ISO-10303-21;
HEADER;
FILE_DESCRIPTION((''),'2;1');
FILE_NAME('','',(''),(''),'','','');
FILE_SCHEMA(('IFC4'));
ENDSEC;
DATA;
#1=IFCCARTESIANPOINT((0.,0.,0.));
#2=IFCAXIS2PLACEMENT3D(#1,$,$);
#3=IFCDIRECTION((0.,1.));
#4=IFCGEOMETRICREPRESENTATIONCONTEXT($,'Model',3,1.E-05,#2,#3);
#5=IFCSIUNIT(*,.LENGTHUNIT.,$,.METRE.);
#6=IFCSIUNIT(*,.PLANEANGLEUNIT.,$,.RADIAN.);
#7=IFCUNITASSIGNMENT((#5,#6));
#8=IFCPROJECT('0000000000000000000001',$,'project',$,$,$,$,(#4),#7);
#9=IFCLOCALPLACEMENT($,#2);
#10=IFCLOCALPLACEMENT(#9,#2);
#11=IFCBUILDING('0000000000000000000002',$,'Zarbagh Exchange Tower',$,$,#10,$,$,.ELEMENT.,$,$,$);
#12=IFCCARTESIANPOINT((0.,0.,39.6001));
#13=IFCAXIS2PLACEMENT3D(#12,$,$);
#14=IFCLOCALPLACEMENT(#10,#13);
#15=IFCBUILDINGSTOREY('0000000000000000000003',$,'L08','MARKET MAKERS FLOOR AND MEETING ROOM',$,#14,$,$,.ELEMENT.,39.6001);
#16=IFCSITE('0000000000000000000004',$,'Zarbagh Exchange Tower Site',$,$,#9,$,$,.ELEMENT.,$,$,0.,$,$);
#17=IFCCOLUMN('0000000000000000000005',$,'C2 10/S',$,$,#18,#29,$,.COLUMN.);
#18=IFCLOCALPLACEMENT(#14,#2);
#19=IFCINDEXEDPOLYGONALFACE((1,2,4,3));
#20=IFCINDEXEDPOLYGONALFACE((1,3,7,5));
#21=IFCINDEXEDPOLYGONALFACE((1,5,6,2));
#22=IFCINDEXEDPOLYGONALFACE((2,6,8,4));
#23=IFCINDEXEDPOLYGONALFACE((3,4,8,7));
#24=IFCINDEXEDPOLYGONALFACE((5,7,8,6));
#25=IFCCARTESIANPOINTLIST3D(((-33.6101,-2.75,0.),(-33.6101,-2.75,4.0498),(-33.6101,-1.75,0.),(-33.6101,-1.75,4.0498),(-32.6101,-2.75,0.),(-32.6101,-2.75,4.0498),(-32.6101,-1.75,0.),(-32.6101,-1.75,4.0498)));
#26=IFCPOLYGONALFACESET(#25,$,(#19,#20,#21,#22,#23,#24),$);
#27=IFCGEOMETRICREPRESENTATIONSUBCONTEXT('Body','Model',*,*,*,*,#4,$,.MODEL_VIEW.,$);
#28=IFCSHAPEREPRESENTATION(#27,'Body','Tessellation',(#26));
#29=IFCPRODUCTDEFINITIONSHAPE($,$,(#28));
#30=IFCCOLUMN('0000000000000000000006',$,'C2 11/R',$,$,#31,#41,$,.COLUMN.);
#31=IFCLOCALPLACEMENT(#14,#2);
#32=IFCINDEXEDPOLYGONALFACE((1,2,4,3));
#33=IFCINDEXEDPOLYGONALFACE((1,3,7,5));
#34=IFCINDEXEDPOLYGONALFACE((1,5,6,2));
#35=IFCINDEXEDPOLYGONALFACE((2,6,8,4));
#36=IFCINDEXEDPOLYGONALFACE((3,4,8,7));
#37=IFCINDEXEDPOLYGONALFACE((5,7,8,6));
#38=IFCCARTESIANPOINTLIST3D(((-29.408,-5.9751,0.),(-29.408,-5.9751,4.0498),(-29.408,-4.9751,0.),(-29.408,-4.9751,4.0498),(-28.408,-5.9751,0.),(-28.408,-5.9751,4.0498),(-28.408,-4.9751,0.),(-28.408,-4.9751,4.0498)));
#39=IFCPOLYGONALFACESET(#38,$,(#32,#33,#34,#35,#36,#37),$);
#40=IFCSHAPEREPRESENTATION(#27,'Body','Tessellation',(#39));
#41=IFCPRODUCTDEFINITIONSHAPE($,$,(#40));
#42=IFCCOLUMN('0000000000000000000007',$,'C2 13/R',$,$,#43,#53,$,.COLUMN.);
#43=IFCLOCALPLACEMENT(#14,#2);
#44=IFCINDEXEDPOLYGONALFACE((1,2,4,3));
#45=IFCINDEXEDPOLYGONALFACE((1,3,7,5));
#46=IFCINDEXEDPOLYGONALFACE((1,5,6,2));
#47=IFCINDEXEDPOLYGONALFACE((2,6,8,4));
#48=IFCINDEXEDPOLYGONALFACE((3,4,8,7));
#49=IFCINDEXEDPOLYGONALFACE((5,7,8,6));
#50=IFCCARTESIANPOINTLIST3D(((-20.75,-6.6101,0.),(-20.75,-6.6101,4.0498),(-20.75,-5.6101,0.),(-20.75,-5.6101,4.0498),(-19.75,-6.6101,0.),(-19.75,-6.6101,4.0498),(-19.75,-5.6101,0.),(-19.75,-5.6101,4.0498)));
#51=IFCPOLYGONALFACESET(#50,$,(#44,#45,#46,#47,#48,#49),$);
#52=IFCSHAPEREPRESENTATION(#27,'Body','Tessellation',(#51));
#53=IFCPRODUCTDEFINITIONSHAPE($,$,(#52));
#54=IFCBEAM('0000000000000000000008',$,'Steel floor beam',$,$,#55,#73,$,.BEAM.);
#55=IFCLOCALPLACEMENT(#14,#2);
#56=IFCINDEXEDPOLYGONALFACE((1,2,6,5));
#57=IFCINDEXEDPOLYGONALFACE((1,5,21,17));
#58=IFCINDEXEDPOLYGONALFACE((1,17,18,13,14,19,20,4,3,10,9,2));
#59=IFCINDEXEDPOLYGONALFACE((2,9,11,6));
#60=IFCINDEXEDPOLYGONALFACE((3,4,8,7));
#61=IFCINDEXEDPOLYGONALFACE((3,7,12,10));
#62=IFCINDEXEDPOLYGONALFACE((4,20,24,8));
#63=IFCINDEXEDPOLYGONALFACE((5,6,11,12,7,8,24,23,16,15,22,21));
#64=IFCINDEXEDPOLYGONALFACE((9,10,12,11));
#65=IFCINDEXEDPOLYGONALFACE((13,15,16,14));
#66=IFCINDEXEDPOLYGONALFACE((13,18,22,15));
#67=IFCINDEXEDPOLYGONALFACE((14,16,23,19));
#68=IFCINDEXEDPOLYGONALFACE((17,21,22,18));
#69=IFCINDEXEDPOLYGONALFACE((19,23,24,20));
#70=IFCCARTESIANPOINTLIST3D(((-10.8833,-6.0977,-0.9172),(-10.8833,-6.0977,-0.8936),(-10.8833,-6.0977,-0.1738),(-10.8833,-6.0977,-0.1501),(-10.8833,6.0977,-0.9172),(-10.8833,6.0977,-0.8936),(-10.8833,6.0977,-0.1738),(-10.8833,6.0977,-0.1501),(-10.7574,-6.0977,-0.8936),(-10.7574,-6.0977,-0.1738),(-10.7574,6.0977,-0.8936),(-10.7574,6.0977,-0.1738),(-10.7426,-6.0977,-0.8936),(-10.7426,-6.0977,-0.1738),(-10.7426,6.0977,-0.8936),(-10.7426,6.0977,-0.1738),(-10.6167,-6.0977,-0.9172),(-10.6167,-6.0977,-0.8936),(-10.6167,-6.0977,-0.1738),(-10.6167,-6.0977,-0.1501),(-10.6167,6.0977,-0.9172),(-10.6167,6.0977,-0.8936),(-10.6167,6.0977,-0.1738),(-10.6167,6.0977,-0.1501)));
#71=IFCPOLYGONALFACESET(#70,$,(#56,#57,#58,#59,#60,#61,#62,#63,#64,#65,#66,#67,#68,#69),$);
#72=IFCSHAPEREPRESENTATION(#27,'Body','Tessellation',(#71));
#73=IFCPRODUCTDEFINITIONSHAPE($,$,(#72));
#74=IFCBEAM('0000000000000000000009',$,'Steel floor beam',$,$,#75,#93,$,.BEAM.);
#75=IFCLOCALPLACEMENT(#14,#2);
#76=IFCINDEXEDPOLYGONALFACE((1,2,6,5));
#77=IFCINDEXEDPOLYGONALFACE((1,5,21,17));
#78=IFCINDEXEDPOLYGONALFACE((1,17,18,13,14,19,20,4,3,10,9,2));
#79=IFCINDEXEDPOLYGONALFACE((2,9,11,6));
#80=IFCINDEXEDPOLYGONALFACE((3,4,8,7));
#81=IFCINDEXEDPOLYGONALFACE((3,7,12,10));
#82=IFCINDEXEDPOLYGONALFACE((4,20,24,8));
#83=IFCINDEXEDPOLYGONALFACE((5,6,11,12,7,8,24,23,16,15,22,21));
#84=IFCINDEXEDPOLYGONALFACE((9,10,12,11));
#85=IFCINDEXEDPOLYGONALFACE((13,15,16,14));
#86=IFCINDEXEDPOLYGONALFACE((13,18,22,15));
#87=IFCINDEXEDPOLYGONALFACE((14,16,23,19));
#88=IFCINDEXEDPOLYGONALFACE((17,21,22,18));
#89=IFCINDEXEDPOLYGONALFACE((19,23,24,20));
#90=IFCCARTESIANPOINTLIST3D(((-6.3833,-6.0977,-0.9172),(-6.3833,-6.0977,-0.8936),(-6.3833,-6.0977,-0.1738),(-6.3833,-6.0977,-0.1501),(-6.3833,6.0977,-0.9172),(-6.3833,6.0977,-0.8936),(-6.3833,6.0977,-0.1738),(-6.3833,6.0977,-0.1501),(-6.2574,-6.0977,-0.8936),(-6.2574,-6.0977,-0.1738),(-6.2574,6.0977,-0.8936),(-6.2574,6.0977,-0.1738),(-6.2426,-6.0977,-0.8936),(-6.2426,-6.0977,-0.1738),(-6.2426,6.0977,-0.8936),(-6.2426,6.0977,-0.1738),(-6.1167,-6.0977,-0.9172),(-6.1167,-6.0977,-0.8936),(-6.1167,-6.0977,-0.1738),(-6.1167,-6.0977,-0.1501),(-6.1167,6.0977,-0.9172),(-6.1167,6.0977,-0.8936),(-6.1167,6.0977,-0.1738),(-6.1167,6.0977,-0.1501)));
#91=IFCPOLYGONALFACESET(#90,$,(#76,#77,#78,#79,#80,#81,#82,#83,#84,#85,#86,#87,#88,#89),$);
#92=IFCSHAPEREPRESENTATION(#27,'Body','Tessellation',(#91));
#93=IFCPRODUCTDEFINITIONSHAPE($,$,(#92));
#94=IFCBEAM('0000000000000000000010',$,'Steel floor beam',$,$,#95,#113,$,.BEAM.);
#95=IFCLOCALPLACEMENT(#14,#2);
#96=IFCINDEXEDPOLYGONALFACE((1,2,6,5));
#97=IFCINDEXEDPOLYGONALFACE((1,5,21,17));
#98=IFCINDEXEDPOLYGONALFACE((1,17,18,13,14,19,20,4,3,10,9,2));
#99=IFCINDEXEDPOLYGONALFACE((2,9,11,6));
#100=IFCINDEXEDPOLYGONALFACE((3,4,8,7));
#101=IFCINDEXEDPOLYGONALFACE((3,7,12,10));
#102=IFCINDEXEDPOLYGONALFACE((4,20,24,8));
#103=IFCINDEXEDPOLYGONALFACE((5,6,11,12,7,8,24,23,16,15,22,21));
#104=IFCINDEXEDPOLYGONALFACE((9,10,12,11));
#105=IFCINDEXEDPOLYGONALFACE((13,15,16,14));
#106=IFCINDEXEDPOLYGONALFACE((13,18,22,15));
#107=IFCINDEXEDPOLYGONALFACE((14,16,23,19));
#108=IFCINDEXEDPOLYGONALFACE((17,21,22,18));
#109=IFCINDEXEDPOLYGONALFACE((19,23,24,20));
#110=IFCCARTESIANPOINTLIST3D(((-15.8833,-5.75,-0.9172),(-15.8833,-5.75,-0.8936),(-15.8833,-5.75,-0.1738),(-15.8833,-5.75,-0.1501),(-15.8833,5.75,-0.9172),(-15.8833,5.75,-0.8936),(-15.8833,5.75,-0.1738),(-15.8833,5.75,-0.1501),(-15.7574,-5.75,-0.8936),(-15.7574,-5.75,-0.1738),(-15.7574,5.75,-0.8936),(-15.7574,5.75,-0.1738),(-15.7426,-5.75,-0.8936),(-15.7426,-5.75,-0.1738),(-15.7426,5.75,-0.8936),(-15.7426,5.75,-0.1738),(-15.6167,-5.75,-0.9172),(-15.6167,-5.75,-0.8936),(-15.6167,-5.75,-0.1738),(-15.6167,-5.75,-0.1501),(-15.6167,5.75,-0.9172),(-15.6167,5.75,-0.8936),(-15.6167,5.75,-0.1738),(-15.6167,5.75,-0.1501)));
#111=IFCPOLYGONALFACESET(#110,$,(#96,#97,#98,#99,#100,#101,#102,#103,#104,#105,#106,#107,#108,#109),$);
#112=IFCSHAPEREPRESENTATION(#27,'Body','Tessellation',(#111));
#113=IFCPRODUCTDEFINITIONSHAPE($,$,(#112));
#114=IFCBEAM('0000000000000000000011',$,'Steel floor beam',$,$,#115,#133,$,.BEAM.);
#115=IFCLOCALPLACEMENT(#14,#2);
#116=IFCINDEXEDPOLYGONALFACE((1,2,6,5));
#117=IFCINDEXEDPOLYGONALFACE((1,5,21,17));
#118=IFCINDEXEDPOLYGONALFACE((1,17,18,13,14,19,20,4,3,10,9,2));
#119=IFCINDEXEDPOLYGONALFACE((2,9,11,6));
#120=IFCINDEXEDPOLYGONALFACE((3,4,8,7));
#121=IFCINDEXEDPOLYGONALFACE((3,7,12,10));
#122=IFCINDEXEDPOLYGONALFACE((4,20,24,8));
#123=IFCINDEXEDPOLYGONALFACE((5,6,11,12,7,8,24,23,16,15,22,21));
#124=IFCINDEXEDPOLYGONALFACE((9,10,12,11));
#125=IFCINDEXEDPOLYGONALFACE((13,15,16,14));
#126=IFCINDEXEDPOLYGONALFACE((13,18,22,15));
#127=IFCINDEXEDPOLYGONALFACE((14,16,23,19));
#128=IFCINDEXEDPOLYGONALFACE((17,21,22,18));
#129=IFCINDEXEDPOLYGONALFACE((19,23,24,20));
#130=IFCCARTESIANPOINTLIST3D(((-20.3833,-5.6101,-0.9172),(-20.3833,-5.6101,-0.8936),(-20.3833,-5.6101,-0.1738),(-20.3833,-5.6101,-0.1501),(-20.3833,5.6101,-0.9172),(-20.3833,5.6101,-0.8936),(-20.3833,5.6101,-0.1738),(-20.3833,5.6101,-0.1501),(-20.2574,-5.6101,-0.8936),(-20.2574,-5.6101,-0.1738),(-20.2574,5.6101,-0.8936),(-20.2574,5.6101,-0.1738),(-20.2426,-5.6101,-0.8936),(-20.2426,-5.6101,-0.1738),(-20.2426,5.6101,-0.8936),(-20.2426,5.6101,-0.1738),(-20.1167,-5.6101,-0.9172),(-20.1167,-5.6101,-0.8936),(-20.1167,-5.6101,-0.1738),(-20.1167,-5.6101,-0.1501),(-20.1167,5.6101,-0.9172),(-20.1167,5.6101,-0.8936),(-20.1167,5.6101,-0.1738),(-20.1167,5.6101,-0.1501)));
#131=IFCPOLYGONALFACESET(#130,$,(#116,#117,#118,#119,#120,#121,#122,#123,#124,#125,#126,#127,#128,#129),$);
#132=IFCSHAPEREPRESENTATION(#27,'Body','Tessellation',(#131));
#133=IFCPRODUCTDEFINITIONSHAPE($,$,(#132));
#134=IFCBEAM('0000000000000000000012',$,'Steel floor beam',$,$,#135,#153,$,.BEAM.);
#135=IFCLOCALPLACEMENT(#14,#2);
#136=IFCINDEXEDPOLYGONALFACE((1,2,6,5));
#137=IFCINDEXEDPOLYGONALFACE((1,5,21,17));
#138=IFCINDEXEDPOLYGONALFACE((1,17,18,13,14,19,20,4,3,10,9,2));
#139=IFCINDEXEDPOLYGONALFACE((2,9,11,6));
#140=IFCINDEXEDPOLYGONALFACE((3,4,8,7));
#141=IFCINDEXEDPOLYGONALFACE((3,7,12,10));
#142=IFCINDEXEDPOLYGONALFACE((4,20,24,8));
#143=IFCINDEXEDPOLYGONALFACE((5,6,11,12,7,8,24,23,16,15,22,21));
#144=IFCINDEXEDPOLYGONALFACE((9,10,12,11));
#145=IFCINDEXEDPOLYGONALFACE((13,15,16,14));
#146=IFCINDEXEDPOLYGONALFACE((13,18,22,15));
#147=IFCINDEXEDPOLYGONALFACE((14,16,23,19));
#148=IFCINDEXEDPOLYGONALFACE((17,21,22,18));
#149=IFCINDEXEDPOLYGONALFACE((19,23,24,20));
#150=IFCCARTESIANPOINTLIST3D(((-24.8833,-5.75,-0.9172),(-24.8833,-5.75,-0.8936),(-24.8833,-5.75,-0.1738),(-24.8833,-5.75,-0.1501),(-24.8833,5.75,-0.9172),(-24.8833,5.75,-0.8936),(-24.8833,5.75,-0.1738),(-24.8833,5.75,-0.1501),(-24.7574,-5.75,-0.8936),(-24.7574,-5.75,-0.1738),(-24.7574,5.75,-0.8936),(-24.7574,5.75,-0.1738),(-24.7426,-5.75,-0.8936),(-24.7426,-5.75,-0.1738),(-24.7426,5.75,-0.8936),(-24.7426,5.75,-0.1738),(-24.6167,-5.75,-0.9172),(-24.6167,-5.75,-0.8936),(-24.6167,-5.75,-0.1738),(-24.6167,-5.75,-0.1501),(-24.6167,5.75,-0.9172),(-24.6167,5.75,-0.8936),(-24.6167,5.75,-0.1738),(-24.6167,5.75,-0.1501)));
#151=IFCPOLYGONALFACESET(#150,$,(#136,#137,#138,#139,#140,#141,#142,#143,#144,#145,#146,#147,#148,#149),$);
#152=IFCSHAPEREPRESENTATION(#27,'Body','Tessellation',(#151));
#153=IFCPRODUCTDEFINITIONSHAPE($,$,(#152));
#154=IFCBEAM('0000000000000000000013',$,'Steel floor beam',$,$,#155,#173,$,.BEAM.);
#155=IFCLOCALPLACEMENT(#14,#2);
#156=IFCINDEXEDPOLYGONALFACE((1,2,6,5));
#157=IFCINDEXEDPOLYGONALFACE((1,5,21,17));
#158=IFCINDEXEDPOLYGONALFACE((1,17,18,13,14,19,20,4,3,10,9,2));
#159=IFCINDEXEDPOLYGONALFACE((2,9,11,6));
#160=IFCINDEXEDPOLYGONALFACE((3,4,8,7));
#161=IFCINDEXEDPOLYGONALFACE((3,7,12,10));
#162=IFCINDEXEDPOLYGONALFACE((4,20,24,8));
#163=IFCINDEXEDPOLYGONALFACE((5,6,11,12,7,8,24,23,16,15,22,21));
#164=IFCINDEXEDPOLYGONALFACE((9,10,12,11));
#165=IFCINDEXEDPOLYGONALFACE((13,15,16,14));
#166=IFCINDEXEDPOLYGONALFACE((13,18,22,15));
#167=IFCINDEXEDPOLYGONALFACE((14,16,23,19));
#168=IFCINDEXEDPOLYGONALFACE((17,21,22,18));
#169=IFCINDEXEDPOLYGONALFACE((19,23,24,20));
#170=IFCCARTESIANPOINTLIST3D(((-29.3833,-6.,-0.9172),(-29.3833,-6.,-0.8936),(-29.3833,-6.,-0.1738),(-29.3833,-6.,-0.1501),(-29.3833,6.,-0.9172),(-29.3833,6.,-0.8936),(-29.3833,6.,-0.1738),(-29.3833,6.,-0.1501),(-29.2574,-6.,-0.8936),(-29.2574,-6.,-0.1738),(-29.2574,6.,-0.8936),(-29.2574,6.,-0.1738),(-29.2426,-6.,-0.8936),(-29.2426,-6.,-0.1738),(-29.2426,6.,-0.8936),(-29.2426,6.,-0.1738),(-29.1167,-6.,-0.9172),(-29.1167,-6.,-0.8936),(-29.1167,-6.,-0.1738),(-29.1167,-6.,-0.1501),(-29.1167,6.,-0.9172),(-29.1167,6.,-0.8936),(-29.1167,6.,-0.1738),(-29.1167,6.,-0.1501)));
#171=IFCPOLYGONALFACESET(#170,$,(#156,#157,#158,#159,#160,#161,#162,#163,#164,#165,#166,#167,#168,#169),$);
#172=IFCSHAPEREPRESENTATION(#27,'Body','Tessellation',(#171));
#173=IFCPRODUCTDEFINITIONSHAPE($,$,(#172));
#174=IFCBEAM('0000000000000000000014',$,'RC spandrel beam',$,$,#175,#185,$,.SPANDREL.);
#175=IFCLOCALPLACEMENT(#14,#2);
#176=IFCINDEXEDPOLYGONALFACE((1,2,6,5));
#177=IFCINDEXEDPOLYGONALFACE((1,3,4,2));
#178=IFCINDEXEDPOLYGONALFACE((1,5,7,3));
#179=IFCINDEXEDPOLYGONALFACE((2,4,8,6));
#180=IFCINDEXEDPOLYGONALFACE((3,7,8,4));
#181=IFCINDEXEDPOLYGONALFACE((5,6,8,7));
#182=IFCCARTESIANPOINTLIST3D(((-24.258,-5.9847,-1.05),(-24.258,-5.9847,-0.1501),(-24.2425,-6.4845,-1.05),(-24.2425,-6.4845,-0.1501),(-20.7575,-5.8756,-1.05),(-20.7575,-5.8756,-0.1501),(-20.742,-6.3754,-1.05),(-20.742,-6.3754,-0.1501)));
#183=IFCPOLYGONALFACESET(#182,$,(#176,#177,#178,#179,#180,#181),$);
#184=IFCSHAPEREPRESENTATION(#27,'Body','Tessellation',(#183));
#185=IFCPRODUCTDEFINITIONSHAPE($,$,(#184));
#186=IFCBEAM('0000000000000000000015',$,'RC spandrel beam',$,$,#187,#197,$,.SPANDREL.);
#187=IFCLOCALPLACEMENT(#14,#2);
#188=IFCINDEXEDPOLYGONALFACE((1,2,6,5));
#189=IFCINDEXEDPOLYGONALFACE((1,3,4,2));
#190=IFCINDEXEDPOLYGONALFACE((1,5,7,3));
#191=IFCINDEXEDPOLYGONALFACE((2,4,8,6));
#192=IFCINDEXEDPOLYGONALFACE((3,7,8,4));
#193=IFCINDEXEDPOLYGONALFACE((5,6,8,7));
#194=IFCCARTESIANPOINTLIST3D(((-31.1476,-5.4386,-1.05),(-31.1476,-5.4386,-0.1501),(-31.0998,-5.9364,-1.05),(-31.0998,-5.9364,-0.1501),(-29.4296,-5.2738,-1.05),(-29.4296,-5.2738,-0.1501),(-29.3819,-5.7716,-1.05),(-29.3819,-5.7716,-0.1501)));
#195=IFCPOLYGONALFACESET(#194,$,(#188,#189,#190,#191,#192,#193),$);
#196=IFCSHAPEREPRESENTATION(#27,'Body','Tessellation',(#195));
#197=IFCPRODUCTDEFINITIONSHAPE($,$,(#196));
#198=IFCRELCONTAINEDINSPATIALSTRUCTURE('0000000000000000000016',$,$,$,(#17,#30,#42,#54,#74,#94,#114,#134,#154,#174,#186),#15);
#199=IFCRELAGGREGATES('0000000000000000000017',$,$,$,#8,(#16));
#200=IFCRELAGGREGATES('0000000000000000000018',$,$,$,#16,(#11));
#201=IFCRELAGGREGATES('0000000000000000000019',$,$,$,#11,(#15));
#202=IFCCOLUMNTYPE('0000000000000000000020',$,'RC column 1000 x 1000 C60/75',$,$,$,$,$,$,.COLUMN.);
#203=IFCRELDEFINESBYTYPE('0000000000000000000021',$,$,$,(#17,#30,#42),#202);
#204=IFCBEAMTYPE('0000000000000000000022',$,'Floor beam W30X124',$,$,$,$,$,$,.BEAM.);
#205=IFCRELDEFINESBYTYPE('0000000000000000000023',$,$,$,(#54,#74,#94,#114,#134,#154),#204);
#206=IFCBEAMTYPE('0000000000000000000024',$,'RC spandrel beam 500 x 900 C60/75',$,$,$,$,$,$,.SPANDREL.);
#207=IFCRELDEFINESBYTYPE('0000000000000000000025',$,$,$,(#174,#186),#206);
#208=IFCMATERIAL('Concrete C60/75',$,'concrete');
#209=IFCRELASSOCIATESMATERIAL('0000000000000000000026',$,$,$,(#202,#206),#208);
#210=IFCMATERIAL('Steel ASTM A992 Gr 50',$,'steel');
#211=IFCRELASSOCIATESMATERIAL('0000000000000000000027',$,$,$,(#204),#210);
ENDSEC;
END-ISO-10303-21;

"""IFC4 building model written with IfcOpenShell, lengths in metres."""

from ifc_helpers import new_model, si_unit, direction, frame, origin, origin_2d, place, context, subcontext, project, spatial, rectangle, i_section, extrude, material, material_profile, profile_set, type_object, element, save


model = new_model("IFC4")

# Units and contexts
model_context = context("Model", 3, precision=1e-05, world=origin(), true_north=direction((0.0, 1.0)))
body_context = subcontext(model_context, "Body", "Model", "MODEL_VIEW")
ifc_project = project(units=[si_unit("LENGTHUNIT", "METRE"), si_unit("PLANEANGLEUNIT", "RADIAN")], contexts=[model_context])

# Site, building, storey
site_placement = place(None, origin())
site = spatial("IfcSite", under=ifc_project, at=site_placement, Name="Zarbagh Exchange Tower Site", CompositionType="ELEMENT", RefElevation=0.0)
building_placement = place(site_placement, origin())
building = spatial("IfcBuilding", under=site, at=building_placement, Name="Zarbagh Exchange Tower", CompositionType="ELEMENT")
storey_placement = place(building_placement, frame((0.0, 0.0, 39.6001)))
storey = spatial("IfcBuildingStorey", under=building, at=storey_placement, Name="L08", Description="MARKET MAKERS FLOOR AND MEETING ROOM", CompositionType="ELEMENT", Elevation=39.6001)

# Columns
ifc_material_1 = material(Name="Concrete C60/75", Category="concrete")
ifc_material_profile_1 = material_profile(ifc_material_1, rectangle(XDim=1.0, YDim=1.0, at=origin_2d()), Name="RC column 1000 x 1000 C60/75")
ifc_profile_set_1 = profile_set([ifc_material_profile_1], Name="Concrete C60/75")
column_type = type_object("IfcColumnType", Name="RC column 1000 x 1000 C60/75", PredefinedType="COLUMN", material=ifc_profile_set_1)
for number, where, z_axis, x_axis, name in (
    (1, (-33.1101, -2.25, 0.0), (0.0, 0.0, 1.0), (1.0, 0.0, 0.0), "C2 10/S"),
    (2, (-28.908, -5.4751, 0.0), (0.0, 0.0, 1.0), (1.0, 0.0, 0.0), "C2 11/R"),
    (3, (-20.25, -6.1101, 0.0), (0.0, 0.0, 1.0), (1.0, 0.0, 0.0), "C2 13/R"),
):
    element("IfcColumn", number, at=place(storey_placement, frame(where, z_axis=z_axis, x_axis=x_axis)), inside=storey, type_object=column_type, Name=name, PredefinedType="COLUMN", context=body_context, shape_type="SweptSolid", body=[
        extrude(rectangle(XDim=1.0, YDim=1.0, at=origin_2d()), origin(), (0.0, 0.0, 1.0), 4.0498),
    ])

# Beams
ifc_material_2 = material(Name="Steel ASTM A992 Gr 50", Category="steel")
ifc_material_profile_2 = material_profile(ifc_material_2, i_section(OverallWidth=0.2666, OverallDepth=0.7671, WebThickness=0.0149, FlangeThickness=0.0237, at=origin_2d()), Name="W30X124")
ifc_profile_set_2 = profile_set([ifc_material_profile_2], Name="Steel ASTM A992 Gr 50")
beam_type_1 = type_object("IfcBeamType", Name="Floor beam W30X124", PredefinedType="BEAM", material=ifc_profile_set_2)
for number, where, z_axis, x_axis, name in (
    (4, (-10.75, -6.0977, -0.5337), (0.0, 1.0, 0.0), (-1.0, 0.0, 0.0), "Steel floor beam"),
    (5, (-6.25, -6.0977, -0.5337), (0.0, 1.0, 0.0), (-1.0, 0.0, 0.0), "Steel floor beam"),
):
    element("IfcBeam", number, at=place(storey_placement, frame(where, z_axis=z_axis, x_axis=x_axis)), inside=storey, type_object=beam_type_1, Name=name, PredefinedType="BEAM", context=body_context, shape_type="SweptSolid", body=[
        extrude(i_section(OverallWidth=0.2666, OverallDepth=0.7671, WebThickness=0.0149, FlangeThickness=0.0237, at=origin_2d()), origin(), (0.0, 0.0, 1.0), 12.1953),
    ])
beam_1_placement = place(storey_placement, frame((-15.75, -5.75, -0.5337), z_axis=(0.0, 1.0, 0.0), x_axis=(-1.0, 0.0, 0.0)))
element("IfcBeam", 6, at=beam_1_placement, inside=storey, type_object=beam_type_1, Name="Steel floor beam", PredefinedType="BEAM", context=body_context, shape_type="SweptSolid", body=[
    extrude(i_section(OverallWidth=0.2666, OverallDepth=0.7671, WebThickness=0.0149, FlangeThickness=0.0237, at=origin_2d()), origin(), (0.0, 0.0, 1.0), 11.5),
])
beam_2_placement = place(storey_placement, frame((-20.25, -5.6101, -0.5337), z_axis=(0.0, 1.0, 0.0), x_axis=(-1.0, 0.0, 0.0)))
element("IfcBeam", 7, at=beam_2_placement, inside=storey, type_object=beam_type_1, Name="Steel floor beam", PredefinedType="BEAM", context=body_context, shape_type="SweptSolid", body=[
    extrude(i_section(OverallWidth=0.2666, OverallDepth=0.7671, WebThickness=0.0149, FlangeThickness=0.0237, at=origin_2d()), origin(), (0.0, 0.0, 1.0), 11.2202),
])
beam_3_placement = place(storey_placement, frame((-24.75, -5.75, -0.5337), z_axis=(0.0, 1.0, 0.0), x_axis=(-1.0, 0.0, 0.0)))
element("IfcBeam", 8, at=beam_3_placement, inside=storey, type_object=beam_type_1, Name="Steel floor beam", PredefinedType="BEAM", context=body_context, shape_type="SweptSolid", body=[
    extrude(i_section(OverallWidth=0.2666, OverallDepth=0.7671, WebThickness=0.0149, FlangeThickness=0.0237, at=origin_2d()), origin(), (0.0, 0.0, 1.0), 11.5),
])
beam_4_placement = place(storey_placement, frame((-29.25, -6.0, -0.5337), z_axis=(0.0, 1.0, 0.0), x_axis=(-1.0, 0.0, 0.0)))
element("IfcBeam", 9, at=beam_4_placement, inside=storey, type_object=beam_type_1, Name="Steel floor beam", PredefinedType="BEAM", context=body_context, shape_type="SweptSolid", body=[
    extrude(i_section(OverallWidth=0.2666, OverallDepth=0.7671, WebThickness=0.0149, FlangeThickness=0.0237, at=origin_2d()), origin(), (0.0, 0.0, 1.0), 12.0),
])
ifc_material_profile_3 = material_profile(ifc_material_1, rectangle(XDim=0.5, YDim=0.8999, at=origin_2d()), Name="RC spandrel beam 500 x 900 C60/75")
ifc_profile_set_3 = profile_set([ifc_material_profile_3], Name="Concrete C60/75")
beam_type_2 = type_object("IfcBeamType", Name="RC spandrel beam 500 x 900 C60/75", PredefinedType="SPANDREL", material=ifc_profile_set_3)
beam_5_placement = place(storey_placement, frame((-20.7498, -6.1255, -0.6001), z_axis=(-0.999514, -0.031161, 0.0), x_axis=(0.031161, -0.999514, 0.0)))
element("IfcBeam", 10, at=beam_5_placement, inside=storey, type_object=beam_type_2, Name="RC spandrel beam", PredefinedType="SPANDREL", context=body_context, shape_type="SweptSolid", body=[
    extrude(rectangle(XDim=0.5, YDim=0.8999, at=origin_2d()), origin(), (0.0, 0.0, 1.0), 3.5022),
])
beam_6_placement = place(storey_placement, frame((-29.4058, -5.5227, -0.6001), z_axis=(-0.995431, -0.095483, 0.0), x_axis=(0.095483, -0.995431, 0.0)))
element("IfcBeam", 11, at=beam_6_placement, inside=storey, type_object=beam_type_2, Name="RC spandrel beam", PredefinedType="SPANDREL", context=body_context, shape_type="SweptSolid", body=[
    extrude(rectangle(XDim=0.5, YDim=0.8999, at=origin_2d()), origin(), (0.0, 0.0, 1.0), 1.7258),
])

save(model, "model.ifc")
